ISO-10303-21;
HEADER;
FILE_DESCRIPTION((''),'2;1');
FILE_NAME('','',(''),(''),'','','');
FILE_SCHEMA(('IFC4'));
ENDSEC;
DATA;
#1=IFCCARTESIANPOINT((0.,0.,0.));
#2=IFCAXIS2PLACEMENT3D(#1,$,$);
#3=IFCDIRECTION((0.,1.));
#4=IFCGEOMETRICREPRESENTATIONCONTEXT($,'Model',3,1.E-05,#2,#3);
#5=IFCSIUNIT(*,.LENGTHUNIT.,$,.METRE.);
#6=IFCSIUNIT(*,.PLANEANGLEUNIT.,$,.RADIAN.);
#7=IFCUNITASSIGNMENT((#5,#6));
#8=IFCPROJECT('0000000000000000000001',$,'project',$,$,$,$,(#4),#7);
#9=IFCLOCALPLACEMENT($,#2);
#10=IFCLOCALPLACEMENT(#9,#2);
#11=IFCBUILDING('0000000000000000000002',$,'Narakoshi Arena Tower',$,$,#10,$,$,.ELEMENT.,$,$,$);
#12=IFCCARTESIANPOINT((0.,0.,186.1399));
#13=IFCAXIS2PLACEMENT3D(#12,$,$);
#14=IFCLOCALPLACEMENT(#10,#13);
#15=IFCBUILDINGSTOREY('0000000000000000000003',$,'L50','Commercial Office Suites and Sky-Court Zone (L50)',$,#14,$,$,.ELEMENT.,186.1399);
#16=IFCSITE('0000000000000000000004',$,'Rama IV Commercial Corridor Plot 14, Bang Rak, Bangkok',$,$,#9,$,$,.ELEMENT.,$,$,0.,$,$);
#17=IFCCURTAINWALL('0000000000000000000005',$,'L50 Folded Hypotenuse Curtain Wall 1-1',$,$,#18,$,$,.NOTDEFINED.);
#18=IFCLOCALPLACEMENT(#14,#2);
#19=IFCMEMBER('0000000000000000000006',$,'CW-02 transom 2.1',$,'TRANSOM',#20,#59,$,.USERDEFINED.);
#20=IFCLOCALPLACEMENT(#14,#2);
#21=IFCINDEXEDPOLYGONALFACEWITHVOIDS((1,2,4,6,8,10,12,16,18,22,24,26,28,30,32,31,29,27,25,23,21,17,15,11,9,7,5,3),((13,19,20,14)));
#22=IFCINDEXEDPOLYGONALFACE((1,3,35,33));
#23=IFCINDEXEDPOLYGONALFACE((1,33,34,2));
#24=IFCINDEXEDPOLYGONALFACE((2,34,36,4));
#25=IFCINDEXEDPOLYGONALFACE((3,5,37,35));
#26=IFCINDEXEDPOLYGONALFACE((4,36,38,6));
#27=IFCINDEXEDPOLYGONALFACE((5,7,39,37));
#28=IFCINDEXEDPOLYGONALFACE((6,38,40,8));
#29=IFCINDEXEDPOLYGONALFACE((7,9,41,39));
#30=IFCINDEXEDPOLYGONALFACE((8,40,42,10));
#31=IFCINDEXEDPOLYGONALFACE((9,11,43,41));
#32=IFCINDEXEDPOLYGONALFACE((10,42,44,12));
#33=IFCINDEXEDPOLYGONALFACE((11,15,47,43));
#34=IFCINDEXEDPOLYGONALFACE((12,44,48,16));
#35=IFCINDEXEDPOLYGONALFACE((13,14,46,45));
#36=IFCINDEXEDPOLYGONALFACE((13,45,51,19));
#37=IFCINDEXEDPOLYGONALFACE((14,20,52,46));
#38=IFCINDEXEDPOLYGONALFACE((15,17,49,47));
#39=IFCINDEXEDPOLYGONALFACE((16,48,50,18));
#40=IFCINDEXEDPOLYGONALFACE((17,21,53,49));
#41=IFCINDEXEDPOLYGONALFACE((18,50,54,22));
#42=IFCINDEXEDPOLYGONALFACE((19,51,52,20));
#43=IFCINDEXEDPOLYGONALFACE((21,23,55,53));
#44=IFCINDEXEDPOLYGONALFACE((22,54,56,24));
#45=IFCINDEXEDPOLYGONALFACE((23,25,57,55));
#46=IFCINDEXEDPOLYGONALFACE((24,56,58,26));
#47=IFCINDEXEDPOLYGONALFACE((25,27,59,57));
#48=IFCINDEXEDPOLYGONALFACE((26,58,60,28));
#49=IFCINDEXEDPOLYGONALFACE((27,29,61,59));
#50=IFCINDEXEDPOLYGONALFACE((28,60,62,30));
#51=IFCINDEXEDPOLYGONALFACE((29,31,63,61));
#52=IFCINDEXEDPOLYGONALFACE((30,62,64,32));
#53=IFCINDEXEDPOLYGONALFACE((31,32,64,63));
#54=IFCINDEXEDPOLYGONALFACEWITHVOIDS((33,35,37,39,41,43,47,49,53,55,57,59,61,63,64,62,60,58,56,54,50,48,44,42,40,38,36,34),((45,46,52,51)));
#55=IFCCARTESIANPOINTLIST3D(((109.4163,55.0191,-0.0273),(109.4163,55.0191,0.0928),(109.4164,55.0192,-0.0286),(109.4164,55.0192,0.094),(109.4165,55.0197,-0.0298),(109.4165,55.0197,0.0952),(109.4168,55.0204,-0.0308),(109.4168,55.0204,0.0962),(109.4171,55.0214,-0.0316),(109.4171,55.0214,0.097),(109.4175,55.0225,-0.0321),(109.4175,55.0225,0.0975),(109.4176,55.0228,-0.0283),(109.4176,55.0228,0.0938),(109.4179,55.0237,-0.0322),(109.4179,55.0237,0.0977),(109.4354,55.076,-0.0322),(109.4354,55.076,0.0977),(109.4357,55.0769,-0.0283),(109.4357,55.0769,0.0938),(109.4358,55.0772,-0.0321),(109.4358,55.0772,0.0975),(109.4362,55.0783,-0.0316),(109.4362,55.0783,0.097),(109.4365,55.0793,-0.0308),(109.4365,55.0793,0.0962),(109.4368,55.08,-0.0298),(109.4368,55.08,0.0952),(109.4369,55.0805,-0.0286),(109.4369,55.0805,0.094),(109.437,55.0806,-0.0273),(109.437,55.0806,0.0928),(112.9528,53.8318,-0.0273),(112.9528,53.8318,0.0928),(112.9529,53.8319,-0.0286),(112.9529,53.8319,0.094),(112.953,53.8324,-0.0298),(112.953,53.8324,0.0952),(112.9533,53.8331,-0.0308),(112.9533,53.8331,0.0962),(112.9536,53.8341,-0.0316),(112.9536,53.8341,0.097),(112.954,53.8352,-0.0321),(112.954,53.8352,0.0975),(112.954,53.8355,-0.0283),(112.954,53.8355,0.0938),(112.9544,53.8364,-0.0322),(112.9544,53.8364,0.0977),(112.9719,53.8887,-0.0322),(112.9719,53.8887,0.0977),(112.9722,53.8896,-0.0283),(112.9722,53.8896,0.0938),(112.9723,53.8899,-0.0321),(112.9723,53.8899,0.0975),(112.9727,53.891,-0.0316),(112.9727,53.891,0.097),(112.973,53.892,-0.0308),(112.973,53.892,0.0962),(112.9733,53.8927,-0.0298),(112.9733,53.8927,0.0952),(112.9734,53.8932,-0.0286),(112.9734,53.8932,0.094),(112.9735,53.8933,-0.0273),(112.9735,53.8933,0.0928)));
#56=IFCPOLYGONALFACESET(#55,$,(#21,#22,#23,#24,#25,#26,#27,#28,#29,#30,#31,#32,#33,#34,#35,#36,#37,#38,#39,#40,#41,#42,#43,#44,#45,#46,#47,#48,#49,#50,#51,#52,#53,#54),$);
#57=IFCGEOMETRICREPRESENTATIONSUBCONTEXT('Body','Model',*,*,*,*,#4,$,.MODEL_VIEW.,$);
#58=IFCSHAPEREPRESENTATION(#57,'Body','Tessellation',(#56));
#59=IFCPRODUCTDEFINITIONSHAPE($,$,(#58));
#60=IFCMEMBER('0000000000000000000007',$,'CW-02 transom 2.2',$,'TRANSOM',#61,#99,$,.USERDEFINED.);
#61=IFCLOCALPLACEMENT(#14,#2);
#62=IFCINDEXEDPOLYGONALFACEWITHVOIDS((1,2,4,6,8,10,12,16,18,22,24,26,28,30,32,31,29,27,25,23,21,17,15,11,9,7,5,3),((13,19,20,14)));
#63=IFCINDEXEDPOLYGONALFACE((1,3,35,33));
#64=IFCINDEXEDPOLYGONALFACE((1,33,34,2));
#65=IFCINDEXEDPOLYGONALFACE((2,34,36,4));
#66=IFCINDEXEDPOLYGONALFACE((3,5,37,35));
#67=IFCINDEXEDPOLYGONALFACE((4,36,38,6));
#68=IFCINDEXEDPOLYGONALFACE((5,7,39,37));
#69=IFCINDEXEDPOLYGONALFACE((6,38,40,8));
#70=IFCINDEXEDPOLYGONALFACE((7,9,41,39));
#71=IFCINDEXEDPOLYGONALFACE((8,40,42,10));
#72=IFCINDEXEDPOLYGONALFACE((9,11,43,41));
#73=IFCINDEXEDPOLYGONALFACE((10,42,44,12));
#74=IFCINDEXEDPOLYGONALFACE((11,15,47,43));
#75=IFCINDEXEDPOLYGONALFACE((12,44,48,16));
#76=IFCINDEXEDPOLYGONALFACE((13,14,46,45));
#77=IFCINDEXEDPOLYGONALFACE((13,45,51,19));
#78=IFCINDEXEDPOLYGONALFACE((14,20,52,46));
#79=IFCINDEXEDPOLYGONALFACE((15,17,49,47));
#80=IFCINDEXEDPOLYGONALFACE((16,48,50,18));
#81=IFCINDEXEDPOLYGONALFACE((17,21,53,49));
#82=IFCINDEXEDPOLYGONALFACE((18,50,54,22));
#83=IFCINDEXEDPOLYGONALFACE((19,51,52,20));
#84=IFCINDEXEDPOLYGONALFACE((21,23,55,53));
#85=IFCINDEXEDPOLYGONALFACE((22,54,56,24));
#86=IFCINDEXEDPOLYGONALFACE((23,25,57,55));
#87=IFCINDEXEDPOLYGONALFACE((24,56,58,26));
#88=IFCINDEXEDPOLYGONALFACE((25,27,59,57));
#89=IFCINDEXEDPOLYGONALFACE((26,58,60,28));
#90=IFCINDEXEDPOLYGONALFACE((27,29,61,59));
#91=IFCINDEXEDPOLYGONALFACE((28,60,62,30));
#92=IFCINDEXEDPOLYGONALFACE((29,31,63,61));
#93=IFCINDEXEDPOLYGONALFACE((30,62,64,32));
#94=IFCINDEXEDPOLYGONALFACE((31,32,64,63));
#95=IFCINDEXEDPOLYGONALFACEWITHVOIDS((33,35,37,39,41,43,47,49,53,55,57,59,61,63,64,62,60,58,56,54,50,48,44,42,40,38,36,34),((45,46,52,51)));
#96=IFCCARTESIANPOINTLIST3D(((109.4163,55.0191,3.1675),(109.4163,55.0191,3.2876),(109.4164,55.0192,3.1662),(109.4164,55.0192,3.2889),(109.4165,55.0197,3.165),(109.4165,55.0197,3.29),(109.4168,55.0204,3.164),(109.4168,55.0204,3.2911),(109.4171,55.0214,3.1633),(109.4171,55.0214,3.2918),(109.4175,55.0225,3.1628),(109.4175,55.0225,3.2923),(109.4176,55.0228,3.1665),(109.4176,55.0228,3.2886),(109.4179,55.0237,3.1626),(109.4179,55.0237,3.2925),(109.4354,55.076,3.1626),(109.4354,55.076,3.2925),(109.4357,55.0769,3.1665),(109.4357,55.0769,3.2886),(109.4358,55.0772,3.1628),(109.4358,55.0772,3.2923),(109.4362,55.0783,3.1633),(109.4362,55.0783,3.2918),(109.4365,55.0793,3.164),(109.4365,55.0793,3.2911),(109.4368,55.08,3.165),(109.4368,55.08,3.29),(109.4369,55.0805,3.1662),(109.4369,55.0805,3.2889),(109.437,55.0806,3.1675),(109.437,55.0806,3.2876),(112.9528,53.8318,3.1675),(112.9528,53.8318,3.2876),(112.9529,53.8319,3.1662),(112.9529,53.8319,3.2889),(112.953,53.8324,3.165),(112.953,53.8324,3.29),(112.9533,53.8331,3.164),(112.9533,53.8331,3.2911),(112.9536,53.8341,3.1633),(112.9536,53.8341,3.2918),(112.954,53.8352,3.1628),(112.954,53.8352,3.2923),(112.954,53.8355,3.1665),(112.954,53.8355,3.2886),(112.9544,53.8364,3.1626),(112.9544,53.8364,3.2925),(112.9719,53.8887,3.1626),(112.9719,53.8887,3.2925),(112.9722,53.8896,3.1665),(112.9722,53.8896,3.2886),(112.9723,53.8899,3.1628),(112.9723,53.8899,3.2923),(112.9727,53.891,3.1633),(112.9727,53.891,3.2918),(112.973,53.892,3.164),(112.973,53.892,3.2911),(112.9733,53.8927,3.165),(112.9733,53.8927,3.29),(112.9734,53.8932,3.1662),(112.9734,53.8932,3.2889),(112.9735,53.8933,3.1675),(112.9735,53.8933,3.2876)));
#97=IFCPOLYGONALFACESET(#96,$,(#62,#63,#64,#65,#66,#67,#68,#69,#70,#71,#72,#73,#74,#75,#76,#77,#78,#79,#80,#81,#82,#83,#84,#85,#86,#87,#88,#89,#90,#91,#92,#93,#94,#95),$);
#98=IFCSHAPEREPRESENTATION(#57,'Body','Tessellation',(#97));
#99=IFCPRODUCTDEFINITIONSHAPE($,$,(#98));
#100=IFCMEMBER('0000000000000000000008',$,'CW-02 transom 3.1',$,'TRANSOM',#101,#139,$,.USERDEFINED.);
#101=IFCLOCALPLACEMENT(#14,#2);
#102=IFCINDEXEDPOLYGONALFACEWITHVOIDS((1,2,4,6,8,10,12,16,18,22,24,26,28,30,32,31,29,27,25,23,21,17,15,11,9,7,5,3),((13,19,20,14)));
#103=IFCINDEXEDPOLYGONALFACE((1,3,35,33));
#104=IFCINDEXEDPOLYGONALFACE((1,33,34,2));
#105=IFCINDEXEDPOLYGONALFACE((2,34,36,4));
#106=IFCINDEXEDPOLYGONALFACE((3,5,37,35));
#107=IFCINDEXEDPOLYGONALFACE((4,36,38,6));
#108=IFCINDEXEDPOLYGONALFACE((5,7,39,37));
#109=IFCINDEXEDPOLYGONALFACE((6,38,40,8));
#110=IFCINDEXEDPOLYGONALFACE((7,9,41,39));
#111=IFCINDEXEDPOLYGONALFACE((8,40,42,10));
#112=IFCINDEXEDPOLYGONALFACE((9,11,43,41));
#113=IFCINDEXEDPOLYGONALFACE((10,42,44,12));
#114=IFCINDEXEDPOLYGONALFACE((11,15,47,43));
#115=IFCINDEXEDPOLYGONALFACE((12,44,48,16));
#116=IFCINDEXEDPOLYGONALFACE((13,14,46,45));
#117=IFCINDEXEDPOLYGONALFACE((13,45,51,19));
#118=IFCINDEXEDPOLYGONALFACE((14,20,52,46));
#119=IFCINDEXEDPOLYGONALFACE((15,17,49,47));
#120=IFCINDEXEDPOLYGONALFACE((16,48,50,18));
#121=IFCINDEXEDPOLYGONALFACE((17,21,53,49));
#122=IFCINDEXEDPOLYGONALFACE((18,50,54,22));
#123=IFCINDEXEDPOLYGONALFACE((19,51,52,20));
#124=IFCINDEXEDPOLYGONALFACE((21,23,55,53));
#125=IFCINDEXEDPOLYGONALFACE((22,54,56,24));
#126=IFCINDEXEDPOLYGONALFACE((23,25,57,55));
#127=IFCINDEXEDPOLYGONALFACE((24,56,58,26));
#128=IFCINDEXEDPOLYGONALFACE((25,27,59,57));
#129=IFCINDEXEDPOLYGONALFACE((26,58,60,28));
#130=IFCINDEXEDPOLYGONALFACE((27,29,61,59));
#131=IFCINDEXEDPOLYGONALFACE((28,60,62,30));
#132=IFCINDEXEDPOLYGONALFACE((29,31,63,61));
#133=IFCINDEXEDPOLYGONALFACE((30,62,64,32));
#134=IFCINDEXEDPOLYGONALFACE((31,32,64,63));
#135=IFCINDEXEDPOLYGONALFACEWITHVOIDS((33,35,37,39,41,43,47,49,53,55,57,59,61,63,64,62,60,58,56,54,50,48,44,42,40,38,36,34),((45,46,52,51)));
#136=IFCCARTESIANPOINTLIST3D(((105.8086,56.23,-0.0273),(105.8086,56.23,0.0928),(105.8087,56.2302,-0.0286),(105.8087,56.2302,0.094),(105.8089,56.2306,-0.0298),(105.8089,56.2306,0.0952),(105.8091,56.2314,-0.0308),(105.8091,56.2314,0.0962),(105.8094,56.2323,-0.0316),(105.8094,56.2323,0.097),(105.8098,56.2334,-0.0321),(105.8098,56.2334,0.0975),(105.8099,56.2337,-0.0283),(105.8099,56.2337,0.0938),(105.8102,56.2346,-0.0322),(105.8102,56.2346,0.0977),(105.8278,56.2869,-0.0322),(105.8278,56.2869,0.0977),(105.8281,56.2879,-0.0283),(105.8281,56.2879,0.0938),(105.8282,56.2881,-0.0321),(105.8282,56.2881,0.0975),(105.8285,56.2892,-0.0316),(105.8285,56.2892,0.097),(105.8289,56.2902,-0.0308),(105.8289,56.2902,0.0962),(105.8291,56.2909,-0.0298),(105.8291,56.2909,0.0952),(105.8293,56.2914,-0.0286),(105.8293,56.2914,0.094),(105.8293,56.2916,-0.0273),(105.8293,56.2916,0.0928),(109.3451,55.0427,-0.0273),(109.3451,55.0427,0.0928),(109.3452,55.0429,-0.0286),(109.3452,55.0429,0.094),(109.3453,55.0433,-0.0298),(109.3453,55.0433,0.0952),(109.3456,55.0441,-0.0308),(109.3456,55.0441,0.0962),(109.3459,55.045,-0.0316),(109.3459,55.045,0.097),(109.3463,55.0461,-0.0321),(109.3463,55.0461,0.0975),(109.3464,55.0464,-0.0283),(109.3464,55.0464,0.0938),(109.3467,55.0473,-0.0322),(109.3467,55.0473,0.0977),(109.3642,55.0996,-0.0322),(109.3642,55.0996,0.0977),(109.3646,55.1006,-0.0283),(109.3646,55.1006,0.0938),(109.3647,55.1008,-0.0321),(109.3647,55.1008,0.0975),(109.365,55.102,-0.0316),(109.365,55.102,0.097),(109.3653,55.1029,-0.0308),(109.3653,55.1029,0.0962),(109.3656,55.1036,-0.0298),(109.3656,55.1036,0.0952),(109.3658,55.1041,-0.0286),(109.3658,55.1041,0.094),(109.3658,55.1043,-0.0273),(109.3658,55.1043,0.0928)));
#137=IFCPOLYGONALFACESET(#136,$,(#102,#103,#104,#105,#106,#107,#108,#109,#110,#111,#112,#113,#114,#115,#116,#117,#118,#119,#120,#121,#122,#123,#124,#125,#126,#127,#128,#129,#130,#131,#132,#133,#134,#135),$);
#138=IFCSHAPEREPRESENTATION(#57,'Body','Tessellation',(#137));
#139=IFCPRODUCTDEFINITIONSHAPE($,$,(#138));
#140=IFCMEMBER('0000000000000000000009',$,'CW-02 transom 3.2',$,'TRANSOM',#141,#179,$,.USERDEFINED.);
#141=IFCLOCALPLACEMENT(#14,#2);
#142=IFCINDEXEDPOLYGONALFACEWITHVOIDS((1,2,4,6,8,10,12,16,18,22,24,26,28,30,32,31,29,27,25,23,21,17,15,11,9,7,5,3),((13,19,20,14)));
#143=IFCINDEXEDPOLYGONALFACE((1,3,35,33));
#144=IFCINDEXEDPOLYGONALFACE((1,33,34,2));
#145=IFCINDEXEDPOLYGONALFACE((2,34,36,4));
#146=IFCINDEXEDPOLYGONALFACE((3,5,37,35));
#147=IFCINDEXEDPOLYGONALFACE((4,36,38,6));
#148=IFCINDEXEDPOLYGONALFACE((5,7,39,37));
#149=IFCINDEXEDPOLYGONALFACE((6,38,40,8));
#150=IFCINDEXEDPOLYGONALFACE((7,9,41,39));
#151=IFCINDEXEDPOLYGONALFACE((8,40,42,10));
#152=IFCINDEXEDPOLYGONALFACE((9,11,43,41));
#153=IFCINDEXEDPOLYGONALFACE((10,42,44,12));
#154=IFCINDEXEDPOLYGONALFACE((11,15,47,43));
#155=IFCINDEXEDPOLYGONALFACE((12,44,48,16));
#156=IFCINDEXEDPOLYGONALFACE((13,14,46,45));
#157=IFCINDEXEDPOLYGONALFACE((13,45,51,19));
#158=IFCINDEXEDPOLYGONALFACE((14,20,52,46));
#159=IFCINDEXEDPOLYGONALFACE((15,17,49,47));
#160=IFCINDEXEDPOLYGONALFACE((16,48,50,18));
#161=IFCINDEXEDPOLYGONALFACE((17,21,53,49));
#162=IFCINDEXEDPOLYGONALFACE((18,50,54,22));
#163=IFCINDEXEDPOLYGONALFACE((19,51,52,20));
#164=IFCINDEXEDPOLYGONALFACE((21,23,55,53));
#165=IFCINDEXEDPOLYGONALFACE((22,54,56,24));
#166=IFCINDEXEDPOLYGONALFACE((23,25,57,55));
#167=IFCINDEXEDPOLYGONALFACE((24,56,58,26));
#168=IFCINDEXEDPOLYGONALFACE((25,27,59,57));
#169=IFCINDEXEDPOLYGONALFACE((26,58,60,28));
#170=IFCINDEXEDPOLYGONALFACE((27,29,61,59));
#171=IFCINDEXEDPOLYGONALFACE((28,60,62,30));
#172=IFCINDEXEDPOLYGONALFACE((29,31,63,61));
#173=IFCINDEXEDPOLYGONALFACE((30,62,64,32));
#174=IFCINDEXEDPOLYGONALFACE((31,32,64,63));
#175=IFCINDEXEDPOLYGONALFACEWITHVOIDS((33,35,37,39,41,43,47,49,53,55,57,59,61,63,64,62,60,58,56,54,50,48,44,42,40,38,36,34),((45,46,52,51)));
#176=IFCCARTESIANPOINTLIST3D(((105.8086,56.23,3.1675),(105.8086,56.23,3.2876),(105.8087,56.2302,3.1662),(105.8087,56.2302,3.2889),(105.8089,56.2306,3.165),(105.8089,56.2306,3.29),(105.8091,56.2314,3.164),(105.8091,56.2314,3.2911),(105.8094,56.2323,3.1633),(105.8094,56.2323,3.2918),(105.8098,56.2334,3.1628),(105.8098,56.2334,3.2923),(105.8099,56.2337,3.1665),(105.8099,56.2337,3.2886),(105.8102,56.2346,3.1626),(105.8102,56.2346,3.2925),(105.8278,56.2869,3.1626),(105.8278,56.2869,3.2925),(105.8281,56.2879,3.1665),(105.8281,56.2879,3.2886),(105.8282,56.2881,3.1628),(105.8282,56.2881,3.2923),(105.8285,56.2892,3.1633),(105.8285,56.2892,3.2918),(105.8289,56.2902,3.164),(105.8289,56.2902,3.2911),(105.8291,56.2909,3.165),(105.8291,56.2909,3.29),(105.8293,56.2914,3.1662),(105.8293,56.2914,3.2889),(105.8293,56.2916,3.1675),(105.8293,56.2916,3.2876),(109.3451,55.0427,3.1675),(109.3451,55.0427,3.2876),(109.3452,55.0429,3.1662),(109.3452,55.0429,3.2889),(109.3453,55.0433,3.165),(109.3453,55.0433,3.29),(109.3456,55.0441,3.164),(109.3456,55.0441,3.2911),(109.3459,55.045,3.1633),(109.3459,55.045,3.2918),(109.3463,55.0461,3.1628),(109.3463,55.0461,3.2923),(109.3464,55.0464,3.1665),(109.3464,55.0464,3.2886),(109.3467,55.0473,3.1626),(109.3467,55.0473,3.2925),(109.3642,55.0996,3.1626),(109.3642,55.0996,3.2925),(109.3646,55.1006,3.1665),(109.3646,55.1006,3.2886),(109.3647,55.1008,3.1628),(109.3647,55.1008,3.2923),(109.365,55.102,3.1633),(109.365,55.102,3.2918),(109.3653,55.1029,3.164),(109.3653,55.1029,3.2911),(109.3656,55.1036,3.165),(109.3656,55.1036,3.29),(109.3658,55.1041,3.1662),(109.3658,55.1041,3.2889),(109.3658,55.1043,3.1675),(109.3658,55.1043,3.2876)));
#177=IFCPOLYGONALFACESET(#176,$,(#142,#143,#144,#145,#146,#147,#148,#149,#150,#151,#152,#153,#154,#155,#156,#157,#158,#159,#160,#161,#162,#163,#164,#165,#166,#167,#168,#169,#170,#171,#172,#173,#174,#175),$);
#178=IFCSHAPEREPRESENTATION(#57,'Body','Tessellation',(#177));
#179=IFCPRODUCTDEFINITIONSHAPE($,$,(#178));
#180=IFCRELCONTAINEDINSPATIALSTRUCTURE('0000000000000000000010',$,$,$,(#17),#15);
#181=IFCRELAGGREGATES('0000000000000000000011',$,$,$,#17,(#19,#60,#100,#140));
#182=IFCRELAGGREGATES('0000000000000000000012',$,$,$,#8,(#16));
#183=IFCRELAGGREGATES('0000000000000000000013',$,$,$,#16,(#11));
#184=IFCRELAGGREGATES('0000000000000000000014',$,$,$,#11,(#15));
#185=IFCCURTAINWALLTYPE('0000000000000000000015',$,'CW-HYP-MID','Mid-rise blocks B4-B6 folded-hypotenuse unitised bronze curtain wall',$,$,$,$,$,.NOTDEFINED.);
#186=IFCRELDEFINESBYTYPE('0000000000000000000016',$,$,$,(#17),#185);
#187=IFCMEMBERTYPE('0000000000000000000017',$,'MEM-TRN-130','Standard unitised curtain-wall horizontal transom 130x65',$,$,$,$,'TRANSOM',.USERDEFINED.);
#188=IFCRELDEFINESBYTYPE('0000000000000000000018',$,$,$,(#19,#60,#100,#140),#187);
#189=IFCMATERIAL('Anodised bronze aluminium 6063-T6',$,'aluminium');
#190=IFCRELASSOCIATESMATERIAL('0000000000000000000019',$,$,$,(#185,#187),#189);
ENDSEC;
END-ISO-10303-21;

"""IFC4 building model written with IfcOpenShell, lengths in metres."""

from ifc_helpers import new_model, si_unit, direction, frame, origin, origin_2d, place, context, subcontext, project, spatial, hollow_rectangle, extrude, material, material_profile, profile_set, type_object, element, aggregate, save


model = new_model("IFC4")

# Units and contexts
model_context = context("Model", 3, precision=1e-05, world=origin(), true_north=direction((0.0, 1.0)))
body_context = subcontext(model_context, "Body", "Model", "MODEL_VIEW")
ifc_project = project(units=[si_unit("LENGTHUNIT", "METRE"), si_unit("PLANEANGLEUNIT", "RADIAN")], contexts=[model_context])

# Site, building, storey
site_placement = place(None, origin())
site = spatial("IfcSite", under=ifc_project, at=site_placement, Name="Rama IV Commercial Corridor Plot 14, Bang Rak, Bangkok", CompositionType="ELEMENT", RefElevation=0.0)
building_placement = place(site_placement, origin())
building = spatial("IfcBuilding", under=site, at=building_placement, Name="Narakoshi Arena Tower", CompositionType="ELEMENT")
storey_placement = place(building_placement, frame((0.0, 0.0, 186.1399)))
storey = spatial("IfcBuildingStorey", under=building, at=storey_placement, Name="L50", Description="Commercial Office Suites and Sky-Court Zone (L50)", CompositionType="ELEMENT", Elevation=186.1399)

# Curtain wall, members
ifc_material_1 = material(Name="Anodised bronze aluminium 6063-T6", Category="aluminium")
curtain_wall_type = type_object("IfcCurtainWallType", Name="CW-HYP-MID", Description="Mid-rise blocks B4-B6 folded-hypotenuse unitised bronze curtain wall", PredefinedType="NOTDEFINED", material=ifc_material_1)
curtain_wall_placement = place(storey_placement, origin())
curtain_wall = element("IfcCurtainWall", 1, at=curtain_wall_placement, inside=storey, type_object=curtain_wall_type, Name="L50 Folded Hypotenuse Curtain Wall 1-1", PredefinedType="NOTDEFINED")
ifc_material_profile_1 = material_profile(ifc_material_1, hollow_rectangle(XDim=0.0649, YDim=0.1299, WallThickness=0.0039, OuterFilletRadius=0.0049, at=origin_2d()), Name="TRN130x65x4")
ifc_profile_set_1 = profile_set([ifc_material_profile_1], Name="Anodised bronze aluminium 6063-T6")
member_type_1 = type_object("IfcMemberType", Name="MEM-TRN-130", Description="Standard unitised curtain-wall horizontal transom 130x65", ElementType="TRANSOM", PredefinedType="USERDEFINED", material=ifc_profile_set_1)
member_1_placement = place(storey_placement, frame((112.9631, 53.8625, 0.0327), z_axis=(-0.948, 0.318269, 0.0), x_axis=(-0.318269, -0.948, 0.0)))
member_1 = element("IfcMember", 2, at=member_1_placement, type_object=member_type_1, Name="CW-02 transom 2.1", ObjectType="TRANSOM", PredefinedType="USERDEFINED", context=body_context, shape_type="SweptSolid", body=[
    extrude(hollow_rectangle(XDim=0.0649, YDim=0.1299, WallThickness=0.0039, OuterFilletRadius=0.0049, at=origin_2d()), origin(), (0.0, 0.0, 1.0), 3.7305),
])
member_2_placement = place(storey_placement, frame((112.9631, 53.8625, 3.2275), z_axis=(-0.948, 0.318269, 0.0), x_axis=(-0.318269, -0.948, 0.0)))
member_2 = element("IfcMember", 3, at=member_2_placement, type_object=member_type_1, Name="CW-02 transom 2.2", ObjectType="TRANSOM", PredefinedType="USERDEFINED", context=body_context, shape_type="SweptSolid", body=[
    extrude(hollow_rectangle(XDim=0.0649, YDim=0.1299, WallThickness=0.0039, OuterFilletRadius=0.0049, at=origin_2d()), origin(), (0.0, 0.0, 1.0), 3.7305),
])
member_3_placement = place(storey_placement, frame((109.3555, 55.0735, 0.0327), z_axis=(-0.948, 0.318269, 0.0), x_axis=(-0.318269, -0.948, 0.0)))
member_3 = element("IfcMember", 4, at=member_3_placement, type_object=member_type_1, Name="CW-02 transom 3.1", ObjectType="TRANSOM", PredefinedType="USERDEFINED", context=body_context, shape_type="SweptSolid", body=[
    extrude(hollow_rectangle(XDim=0.0649, YDim=0.1299, WallThickness=0.0039, OuterFilletRadius=0.0049, at=origin_2d()), origin(), (0.0, 0.0, 1.0), 3.7305),
])
member_4_placement = place(storey_placement, frame((109.3555, 55.0735, 3.2275), z_axis=(-0.948, 0.318269, 0.0), x_axis=(-0.318269, -0.948, 0.0)))
member_4 = element("IfcMember", 5, at=member_4_placement, type_object=member_type_1, Name="CW-02 transom 3.2", ObjectType="TRANSOM", PredefinedType="USERDEFINED", context=body_context, shape_type="SweptSolid", body=[
    extrude(hollow_rectangle(XDim=0.0649, YDim=0.1299, WallThickness=0.0039, OuterFilletRadius=0.0049, at=origin_2d()), origin(), (0.0, 0.0, 1.0), 3.7305),
])
aggregate(curtain_wall, [member_1, member_2, member_3, member_4])

save(model, "model.ifc")
